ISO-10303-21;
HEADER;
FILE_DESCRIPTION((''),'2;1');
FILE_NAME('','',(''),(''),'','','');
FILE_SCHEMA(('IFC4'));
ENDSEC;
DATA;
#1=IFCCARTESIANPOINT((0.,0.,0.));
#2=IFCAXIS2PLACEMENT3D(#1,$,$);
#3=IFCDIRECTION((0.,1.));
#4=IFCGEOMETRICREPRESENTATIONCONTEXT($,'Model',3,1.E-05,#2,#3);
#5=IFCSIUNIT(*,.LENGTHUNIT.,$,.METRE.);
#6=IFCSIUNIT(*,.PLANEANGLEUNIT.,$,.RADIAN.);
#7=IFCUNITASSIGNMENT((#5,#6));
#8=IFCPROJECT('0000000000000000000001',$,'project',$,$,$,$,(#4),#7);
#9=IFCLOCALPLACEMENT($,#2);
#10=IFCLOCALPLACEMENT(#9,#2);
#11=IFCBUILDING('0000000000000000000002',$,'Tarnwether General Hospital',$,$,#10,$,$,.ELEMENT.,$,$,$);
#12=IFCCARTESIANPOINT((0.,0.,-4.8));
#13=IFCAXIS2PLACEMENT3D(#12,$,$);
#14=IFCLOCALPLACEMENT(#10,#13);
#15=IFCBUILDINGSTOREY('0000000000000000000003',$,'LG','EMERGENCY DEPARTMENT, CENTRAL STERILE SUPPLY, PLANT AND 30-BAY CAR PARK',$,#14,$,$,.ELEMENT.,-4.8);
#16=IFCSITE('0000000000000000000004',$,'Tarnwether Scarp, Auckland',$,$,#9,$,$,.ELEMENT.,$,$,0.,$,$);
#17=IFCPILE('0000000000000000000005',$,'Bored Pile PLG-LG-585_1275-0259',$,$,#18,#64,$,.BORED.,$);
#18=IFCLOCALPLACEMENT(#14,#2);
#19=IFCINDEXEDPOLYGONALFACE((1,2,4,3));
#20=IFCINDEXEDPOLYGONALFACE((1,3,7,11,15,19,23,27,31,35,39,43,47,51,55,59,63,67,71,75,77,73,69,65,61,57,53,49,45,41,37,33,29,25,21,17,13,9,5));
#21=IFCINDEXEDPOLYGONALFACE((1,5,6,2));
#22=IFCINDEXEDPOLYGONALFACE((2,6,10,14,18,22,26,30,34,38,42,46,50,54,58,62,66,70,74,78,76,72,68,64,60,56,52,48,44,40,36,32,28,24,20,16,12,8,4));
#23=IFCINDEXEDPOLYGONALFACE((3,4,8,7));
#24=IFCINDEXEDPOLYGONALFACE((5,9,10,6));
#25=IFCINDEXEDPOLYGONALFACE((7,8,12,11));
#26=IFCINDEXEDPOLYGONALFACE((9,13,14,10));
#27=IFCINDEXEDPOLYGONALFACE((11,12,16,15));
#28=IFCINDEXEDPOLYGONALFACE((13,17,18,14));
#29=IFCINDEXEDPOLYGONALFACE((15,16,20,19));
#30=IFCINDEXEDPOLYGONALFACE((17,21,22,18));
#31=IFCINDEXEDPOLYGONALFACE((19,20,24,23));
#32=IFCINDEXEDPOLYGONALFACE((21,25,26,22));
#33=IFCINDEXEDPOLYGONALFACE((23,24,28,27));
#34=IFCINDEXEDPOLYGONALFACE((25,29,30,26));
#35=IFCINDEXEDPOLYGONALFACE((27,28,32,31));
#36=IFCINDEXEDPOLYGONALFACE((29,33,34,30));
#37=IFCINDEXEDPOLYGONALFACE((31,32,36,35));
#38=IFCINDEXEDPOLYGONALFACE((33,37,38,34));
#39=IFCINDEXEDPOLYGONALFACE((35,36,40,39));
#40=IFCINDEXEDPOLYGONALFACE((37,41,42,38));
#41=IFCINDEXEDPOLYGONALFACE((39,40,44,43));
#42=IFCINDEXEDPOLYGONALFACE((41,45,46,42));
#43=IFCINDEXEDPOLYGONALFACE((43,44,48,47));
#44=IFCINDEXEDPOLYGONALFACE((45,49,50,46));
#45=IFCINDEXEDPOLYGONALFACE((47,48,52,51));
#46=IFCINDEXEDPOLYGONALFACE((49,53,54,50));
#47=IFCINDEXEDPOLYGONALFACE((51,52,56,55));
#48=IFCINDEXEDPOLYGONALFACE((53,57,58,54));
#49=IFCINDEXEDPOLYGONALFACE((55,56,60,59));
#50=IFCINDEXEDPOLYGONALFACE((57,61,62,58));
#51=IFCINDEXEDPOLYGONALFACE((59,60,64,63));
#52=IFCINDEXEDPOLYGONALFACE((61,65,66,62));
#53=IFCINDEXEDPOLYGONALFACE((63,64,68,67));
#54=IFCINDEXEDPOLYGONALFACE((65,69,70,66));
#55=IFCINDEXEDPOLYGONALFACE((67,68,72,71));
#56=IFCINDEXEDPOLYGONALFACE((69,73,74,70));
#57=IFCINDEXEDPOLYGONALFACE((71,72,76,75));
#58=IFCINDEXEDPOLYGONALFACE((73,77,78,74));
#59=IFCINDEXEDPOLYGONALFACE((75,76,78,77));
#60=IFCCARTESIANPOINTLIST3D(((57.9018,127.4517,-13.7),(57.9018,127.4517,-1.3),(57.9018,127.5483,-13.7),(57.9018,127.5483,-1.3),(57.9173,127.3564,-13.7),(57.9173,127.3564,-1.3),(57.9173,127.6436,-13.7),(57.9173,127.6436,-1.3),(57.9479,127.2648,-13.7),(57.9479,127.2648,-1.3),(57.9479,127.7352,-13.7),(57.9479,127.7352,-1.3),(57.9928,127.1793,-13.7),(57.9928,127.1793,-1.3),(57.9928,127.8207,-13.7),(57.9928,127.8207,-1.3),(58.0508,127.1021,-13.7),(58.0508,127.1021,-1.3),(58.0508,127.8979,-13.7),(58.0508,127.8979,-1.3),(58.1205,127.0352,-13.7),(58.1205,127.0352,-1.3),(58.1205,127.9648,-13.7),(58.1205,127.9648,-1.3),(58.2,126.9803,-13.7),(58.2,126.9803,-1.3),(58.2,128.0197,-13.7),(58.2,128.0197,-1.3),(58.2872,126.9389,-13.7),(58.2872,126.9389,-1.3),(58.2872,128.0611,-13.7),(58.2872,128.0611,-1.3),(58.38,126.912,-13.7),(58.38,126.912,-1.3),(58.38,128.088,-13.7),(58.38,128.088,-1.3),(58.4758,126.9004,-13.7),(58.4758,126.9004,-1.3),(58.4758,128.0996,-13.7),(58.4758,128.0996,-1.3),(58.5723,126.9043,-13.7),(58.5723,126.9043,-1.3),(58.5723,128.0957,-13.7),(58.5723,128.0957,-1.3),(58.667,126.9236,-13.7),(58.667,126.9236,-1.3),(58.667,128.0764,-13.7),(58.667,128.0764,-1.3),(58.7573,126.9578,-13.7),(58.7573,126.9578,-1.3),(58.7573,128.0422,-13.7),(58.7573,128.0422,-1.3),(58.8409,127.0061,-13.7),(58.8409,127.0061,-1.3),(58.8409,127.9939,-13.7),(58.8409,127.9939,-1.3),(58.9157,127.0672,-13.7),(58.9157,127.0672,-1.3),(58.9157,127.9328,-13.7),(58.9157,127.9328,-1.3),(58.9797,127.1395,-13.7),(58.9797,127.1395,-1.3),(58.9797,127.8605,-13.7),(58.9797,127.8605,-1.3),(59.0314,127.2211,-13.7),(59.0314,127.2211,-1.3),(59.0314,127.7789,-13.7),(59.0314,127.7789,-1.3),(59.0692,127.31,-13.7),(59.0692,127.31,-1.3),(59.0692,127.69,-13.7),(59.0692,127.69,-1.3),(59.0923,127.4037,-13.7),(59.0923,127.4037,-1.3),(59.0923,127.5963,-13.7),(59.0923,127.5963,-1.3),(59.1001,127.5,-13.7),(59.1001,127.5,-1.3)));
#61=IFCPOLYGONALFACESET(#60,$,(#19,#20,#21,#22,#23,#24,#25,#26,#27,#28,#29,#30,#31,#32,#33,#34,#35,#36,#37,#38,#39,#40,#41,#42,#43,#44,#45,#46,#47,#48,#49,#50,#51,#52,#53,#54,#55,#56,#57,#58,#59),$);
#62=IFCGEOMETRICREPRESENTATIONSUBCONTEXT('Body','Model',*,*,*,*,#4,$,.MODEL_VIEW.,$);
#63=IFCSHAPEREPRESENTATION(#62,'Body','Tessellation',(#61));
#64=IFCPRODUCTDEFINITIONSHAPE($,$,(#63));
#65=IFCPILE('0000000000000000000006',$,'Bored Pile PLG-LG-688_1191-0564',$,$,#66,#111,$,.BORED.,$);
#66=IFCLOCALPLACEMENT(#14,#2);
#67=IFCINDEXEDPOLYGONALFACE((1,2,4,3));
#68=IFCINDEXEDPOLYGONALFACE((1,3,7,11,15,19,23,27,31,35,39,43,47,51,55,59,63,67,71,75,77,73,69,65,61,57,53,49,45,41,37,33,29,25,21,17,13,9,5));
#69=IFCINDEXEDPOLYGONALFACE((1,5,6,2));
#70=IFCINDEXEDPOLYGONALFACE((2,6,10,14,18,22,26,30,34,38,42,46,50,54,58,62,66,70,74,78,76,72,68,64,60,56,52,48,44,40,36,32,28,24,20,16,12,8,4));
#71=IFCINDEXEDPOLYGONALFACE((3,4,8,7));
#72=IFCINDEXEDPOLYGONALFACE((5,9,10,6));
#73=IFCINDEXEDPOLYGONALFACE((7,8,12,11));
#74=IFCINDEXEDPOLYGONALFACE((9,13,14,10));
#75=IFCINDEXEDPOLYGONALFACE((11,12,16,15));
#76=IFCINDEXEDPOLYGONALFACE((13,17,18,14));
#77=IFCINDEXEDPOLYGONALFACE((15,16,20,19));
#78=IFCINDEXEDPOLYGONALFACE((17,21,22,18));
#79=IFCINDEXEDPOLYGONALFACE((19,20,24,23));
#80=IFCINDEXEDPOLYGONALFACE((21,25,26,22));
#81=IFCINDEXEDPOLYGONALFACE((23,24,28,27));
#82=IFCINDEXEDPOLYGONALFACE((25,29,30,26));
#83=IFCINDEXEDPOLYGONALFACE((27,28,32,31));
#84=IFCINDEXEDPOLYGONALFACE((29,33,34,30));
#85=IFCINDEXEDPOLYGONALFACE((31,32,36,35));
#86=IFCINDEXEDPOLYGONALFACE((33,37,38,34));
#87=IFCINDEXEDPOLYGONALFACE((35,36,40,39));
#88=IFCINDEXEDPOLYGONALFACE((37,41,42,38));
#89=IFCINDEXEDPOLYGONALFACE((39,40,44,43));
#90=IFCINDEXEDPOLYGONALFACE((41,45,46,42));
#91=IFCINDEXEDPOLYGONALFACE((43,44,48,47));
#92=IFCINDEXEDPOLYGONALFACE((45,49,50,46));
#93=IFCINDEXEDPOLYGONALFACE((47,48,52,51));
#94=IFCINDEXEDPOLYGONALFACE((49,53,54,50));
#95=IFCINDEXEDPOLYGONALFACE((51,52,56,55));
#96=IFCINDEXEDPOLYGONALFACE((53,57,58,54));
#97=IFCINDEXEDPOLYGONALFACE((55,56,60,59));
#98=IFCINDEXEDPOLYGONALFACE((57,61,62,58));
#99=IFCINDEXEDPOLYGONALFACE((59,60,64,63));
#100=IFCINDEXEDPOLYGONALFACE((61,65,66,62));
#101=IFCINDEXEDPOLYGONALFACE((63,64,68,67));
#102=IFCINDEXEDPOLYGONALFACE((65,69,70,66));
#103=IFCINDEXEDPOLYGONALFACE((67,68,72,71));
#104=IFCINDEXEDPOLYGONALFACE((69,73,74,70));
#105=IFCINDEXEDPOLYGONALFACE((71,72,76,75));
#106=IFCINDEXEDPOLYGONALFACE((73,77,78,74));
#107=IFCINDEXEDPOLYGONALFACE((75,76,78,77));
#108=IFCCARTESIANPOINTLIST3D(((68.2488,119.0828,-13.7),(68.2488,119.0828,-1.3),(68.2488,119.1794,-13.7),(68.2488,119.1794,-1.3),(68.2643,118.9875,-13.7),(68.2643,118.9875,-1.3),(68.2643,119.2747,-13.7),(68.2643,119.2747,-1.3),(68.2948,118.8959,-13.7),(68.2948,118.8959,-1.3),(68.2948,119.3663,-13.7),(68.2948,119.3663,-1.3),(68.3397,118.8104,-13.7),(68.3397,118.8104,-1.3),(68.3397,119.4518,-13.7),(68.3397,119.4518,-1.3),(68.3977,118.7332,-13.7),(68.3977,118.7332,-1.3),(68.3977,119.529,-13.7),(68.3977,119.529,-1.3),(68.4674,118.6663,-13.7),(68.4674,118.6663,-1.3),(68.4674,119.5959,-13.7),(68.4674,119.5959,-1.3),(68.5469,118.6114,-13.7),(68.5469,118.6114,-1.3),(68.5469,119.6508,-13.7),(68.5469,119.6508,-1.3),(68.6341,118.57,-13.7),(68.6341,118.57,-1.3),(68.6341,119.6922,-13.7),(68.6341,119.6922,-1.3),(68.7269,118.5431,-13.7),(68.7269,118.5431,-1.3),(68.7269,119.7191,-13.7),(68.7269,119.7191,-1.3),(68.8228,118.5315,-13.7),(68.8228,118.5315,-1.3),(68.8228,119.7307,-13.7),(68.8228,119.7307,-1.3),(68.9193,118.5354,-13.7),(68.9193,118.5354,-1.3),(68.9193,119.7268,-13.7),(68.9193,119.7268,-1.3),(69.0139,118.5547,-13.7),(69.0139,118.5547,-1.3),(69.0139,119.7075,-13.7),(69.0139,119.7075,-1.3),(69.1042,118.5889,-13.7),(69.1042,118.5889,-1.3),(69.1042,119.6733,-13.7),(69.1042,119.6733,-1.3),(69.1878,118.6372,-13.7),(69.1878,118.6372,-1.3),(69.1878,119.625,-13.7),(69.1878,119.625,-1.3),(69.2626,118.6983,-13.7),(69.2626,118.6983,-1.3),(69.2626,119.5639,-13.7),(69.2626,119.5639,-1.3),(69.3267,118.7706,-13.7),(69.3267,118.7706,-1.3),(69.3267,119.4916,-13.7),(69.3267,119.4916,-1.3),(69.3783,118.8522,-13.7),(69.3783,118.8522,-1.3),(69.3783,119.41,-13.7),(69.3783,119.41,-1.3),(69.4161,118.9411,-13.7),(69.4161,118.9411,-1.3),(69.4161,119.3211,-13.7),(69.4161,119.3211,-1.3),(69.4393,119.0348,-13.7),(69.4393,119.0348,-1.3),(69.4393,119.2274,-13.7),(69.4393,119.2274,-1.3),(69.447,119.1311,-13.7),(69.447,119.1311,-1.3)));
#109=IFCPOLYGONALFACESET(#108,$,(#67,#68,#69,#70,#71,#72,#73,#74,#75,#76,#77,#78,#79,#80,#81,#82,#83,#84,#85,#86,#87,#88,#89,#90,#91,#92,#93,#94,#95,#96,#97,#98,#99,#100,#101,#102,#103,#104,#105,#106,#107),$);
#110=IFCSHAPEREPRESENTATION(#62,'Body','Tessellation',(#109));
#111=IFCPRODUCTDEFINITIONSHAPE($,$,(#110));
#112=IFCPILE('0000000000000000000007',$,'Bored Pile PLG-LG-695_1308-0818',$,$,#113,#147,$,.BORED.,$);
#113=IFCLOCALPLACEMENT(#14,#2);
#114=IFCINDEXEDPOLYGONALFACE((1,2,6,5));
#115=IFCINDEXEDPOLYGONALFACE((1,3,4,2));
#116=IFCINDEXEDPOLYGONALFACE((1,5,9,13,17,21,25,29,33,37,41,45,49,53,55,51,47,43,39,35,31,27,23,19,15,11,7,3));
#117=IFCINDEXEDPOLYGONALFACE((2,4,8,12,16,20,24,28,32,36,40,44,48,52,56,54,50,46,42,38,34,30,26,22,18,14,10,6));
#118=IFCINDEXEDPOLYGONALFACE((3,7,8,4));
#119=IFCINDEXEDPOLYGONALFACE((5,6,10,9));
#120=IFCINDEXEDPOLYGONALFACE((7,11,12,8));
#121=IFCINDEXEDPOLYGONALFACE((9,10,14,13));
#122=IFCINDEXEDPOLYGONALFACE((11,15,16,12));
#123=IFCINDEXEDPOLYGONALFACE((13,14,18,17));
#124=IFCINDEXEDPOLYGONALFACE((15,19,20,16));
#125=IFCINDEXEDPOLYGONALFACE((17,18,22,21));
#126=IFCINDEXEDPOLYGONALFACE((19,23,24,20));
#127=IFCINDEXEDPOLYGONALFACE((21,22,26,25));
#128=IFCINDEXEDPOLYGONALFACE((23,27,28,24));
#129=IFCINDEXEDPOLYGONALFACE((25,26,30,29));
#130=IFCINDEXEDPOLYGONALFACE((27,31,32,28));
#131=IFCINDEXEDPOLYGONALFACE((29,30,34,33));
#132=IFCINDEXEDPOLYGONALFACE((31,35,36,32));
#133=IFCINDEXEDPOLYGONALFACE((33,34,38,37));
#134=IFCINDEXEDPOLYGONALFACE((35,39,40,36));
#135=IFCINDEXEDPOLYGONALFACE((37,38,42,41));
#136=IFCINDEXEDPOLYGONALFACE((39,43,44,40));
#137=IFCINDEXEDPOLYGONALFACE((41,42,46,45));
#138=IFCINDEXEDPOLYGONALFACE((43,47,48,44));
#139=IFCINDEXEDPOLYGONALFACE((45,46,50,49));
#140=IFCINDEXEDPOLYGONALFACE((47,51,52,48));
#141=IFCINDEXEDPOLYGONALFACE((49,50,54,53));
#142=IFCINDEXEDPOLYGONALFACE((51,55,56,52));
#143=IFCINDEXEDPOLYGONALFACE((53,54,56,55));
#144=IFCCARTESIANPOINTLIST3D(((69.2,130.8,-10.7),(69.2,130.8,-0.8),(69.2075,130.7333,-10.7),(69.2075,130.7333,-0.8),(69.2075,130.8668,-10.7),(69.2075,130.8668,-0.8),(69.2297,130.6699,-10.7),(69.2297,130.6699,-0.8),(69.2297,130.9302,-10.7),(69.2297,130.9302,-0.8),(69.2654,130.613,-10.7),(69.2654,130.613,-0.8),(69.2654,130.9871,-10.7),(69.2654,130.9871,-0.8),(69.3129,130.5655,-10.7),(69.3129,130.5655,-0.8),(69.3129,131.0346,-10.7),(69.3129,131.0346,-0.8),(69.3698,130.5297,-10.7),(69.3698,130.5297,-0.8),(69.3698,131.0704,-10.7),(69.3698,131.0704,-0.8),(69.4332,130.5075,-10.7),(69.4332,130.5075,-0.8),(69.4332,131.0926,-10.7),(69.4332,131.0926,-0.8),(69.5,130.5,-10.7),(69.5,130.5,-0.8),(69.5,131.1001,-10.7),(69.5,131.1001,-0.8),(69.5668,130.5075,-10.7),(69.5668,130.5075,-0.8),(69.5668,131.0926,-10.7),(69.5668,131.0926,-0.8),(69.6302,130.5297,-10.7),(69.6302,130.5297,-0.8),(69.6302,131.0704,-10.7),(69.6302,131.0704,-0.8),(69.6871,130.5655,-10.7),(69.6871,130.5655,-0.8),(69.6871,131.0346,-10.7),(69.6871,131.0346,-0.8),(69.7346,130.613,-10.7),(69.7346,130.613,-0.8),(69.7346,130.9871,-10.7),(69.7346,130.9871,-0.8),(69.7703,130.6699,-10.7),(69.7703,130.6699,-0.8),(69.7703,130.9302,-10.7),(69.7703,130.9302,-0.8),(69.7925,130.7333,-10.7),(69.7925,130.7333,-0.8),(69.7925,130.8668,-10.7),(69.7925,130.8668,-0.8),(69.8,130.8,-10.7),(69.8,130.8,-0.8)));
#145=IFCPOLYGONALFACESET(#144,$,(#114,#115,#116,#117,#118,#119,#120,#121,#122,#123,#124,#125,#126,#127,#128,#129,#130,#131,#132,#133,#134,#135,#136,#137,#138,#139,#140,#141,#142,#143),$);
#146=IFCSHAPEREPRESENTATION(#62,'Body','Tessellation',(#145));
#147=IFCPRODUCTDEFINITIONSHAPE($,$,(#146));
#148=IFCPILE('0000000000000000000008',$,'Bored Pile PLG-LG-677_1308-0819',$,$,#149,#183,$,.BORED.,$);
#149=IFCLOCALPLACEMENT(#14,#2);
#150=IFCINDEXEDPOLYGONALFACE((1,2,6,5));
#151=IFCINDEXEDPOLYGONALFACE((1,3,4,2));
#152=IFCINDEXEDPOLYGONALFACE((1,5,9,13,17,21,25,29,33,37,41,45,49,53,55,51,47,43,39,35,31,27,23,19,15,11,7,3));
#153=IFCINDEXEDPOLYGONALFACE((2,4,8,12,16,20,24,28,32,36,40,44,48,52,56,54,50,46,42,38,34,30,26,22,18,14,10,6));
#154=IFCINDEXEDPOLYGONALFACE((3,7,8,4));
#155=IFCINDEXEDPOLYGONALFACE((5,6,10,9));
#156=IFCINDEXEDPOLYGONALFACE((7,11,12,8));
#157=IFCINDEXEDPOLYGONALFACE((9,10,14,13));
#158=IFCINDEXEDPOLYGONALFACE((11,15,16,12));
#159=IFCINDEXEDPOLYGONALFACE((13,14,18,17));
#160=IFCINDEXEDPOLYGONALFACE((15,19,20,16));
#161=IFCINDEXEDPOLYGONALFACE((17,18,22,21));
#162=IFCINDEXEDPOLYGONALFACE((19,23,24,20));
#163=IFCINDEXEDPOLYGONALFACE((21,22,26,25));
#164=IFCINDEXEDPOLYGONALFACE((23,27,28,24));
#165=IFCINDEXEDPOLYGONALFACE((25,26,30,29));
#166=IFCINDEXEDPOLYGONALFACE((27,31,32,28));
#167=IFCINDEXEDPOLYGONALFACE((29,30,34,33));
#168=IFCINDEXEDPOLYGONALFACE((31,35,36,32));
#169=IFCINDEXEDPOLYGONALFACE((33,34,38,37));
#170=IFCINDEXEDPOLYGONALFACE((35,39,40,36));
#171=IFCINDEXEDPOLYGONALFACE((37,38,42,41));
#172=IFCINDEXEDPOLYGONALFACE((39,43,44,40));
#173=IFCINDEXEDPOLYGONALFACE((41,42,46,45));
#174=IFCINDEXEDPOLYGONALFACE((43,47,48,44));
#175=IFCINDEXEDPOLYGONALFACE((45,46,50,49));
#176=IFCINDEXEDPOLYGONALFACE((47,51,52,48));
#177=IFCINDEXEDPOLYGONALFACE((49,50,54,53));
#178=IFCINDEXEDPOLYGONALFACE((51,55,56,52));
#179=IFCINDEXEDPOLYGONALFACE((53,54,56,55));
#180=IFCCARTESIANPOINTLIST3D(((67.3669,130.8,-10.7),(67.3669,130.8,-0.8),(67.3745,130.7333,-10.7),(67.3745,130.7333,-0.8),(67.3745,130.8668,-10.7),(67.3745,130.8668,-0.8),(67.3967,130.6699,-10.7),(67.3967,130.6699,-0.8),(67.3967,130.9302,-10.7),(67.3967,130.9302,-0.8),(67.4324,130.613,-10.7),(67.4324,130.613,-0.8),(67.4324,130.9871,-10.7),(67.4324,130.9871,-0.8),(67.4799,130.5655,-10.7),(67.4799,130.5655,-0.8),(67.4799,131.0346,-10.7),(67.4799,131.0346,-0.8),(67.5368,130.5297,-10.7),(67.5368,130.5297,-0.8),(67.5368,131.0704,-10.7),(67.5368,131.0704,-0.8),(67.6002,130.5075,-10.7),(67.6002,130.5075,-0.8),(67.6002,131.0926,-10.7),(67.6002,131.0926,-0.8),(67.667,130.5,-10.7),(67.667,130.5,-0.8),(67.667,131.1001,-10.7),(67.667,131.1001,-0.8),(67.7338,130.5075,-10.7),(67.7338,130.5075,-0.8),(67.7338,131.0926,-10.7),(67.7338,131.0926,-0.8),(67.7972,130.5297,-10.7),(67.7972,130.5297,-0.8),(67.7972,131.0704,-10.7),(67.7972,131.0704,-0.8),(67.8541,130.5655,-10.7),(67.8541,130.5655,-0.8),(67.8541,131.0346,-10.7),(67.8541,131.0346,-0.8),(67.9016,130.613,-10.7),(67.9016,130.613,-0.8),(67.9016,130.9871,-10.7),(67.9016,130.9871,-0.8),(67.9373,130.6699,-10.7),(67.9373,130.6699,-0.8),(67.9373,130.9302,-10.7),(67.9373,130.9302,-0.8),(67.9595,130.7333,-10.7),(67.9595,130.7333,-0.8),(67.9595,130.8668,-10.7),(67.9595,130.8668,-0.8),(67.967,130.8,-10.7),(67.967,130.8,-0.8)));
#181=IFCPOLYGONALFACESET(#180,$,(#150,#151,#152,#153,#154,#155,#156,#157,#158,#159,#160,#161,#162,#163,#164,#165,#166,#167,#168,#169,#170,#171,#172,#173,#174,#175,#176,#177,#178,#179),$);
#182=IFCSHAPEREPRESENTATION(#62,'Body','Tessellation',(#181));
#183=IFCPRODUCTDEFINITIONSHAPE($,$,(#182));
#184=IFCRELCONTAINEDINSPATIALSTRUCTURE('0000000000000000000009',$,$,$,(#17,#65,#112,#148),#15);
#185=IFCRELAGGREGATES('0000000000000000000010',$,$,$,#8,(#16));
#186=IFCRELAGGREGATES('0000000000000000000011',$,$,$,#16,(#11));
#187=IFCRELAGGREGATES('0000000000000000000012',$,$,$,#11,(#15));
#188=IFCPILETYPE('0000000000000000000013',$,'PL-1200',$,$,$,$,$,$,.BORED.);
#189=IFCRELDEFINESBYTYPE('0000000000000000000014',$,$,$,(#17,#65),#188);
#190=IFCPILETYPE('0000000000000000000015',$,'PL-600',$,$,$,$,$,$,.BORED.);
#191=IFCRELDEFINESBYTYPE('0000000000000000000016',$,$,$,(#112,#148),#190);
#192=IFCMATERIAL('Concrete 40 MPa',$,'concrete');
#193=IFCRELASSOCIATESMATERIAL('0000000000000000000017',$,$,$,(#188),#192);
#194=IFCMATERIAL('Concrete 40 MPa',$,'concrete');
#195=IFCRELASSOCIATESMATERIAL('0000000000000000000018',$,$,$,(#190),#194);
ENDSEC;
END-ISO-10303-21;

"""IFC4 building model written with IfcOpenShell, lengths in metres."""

from ifc_helpers import new_model, si_unit, direction, frame, origin, origin_2d, place, context, subcontext, project, spatial, circle, extrude, material, material_profile, profile_set, type_object, element, save


model = new_model("IFC4")

# Units and contexts
model_context = context("Model", 3, precision=1e-05, world=origin(), true_north=direction((0.0, 1.0)))
body_context = subcontext(model_context, "Body", "Model", "MODEL_VIEW")
ifc_project = project(units=[si_unit("LENGTHUNIT", "METRE"), si_unit("PLANEANGLEUNIT", "RADIAN")], contexts=[model_context])

# Site, building, storey
site_placement = place(None, origin())
site = spatial("IfcSite", under=ifc_project, at=site_placement, Name="Tarnwether Scarp, Auckland", CompositionType="ELEMENT", RefElevation=0.0)
building_placement = place(site_placement, origin())
building = spatial("IfcBuilding", under=site, at=building_placement, Name="Tarnwether General Hospital", CompositionType="ELEMENT")
storey_placement = place(building_placement, frame((0.0, 0.0, -4.8)))
storey = spatial("IfcBuildingStorey", under=building, at=storey_placement, Name="LG", Description="EMERGENCY DEPARTMENT, CENTRAL STERILE SUPPLY, PLANT AND 30-BAY CAR PARK", CompositionType="ELEMENT", Elevation=-4.8)

# Piles
ifc_material_1 = material(Name="Concrete 40 MPa", Category="concrete")
ifc_material_profile_1 = material_profile(ifc_material_1, circle(Radius=0.6001, at=origin_2d()), Name="PILE-D1200")
ifc_profile_set_1 = profile_set([ifc_material_profile_1], Name="Concrete 40 MPa")
pile_type_1 = type_object("IfcPileType", Name="PL-1200", PredefinedType="BORED", material=ifc_profile_set_1)
for number, where, z_axis, x_axis, name in (
    (1, (58.5, 127.5, -1.3), (0.0, 0.0, -1.0), (1.0, 0.0, 0.0), "Bored Pile PLG-LG-585_1275-0259"),
    (2, (68.8469, 119.1311, -1.3), (0.0, 0.0, -1.0), (1.0, 0.0, 0.0), "Bored Pile PLG-LG-688_1191-0564"),
):
    element("IfcPile", number, at=place(storey_placement, frame(where, z_axis=z_axis, x_axis=x_axis)), inside=storey, type_object=pile_type_1, Name=name, PredefinedType="BORED", context=body_context, shape_type="SweptSolid", body=[
        extrude(circle(Radius=0.6001, at=origin_2d()), origin(), (0.0, 0.0, 1.0), 12.3999),
    ])
ifc_material_2 = material(Name="Concrete 40 MPa", Category="concrete")
ifc_material_profile_2 = material_profile(ifc_material_2, circle(Radius=0.3, at=origin_2d()), Name="PILE-D600")
ifc_profile_set_2 = profile_set([ifc_material_profile_2], Name="Concrete 40 MPa")
pile_type_2 = type_object("IfcPileType", Name="PL-600", PredefinedType="BORED", material=ifc_profile_set_2)
for number, where, z_axis, x_axis, name in (
    (3, (69.5, 130.8, -0.8), (0.0, 0.0, -1.0), (1.0, 0.0, 0.0), "Bored Pile PLG-LG-695_1308-0818"),
    (4, (67.667, 130.8, -0.8), (0.0, 0.0, -1.0), (1.0, 0.0, 0.0), "Bored Pile PLG-LG-677_1308-0819"),
):
    element("IfcPile", number, at=place(storey_placement, frame(where, z_axis=z_axis, x_axis=x_axis)), inside=storey, type_object=pile_type_2, Name=name, PredefinedType="BORED", context=body_context, shape_type="SweptSolid", body=[
        extrude(circle(Radius=0.3, at=origin_2d()), origin(), (0.0, 0.0, 1.0), 9.8999),
    ])

save(model, "model.ifc")
